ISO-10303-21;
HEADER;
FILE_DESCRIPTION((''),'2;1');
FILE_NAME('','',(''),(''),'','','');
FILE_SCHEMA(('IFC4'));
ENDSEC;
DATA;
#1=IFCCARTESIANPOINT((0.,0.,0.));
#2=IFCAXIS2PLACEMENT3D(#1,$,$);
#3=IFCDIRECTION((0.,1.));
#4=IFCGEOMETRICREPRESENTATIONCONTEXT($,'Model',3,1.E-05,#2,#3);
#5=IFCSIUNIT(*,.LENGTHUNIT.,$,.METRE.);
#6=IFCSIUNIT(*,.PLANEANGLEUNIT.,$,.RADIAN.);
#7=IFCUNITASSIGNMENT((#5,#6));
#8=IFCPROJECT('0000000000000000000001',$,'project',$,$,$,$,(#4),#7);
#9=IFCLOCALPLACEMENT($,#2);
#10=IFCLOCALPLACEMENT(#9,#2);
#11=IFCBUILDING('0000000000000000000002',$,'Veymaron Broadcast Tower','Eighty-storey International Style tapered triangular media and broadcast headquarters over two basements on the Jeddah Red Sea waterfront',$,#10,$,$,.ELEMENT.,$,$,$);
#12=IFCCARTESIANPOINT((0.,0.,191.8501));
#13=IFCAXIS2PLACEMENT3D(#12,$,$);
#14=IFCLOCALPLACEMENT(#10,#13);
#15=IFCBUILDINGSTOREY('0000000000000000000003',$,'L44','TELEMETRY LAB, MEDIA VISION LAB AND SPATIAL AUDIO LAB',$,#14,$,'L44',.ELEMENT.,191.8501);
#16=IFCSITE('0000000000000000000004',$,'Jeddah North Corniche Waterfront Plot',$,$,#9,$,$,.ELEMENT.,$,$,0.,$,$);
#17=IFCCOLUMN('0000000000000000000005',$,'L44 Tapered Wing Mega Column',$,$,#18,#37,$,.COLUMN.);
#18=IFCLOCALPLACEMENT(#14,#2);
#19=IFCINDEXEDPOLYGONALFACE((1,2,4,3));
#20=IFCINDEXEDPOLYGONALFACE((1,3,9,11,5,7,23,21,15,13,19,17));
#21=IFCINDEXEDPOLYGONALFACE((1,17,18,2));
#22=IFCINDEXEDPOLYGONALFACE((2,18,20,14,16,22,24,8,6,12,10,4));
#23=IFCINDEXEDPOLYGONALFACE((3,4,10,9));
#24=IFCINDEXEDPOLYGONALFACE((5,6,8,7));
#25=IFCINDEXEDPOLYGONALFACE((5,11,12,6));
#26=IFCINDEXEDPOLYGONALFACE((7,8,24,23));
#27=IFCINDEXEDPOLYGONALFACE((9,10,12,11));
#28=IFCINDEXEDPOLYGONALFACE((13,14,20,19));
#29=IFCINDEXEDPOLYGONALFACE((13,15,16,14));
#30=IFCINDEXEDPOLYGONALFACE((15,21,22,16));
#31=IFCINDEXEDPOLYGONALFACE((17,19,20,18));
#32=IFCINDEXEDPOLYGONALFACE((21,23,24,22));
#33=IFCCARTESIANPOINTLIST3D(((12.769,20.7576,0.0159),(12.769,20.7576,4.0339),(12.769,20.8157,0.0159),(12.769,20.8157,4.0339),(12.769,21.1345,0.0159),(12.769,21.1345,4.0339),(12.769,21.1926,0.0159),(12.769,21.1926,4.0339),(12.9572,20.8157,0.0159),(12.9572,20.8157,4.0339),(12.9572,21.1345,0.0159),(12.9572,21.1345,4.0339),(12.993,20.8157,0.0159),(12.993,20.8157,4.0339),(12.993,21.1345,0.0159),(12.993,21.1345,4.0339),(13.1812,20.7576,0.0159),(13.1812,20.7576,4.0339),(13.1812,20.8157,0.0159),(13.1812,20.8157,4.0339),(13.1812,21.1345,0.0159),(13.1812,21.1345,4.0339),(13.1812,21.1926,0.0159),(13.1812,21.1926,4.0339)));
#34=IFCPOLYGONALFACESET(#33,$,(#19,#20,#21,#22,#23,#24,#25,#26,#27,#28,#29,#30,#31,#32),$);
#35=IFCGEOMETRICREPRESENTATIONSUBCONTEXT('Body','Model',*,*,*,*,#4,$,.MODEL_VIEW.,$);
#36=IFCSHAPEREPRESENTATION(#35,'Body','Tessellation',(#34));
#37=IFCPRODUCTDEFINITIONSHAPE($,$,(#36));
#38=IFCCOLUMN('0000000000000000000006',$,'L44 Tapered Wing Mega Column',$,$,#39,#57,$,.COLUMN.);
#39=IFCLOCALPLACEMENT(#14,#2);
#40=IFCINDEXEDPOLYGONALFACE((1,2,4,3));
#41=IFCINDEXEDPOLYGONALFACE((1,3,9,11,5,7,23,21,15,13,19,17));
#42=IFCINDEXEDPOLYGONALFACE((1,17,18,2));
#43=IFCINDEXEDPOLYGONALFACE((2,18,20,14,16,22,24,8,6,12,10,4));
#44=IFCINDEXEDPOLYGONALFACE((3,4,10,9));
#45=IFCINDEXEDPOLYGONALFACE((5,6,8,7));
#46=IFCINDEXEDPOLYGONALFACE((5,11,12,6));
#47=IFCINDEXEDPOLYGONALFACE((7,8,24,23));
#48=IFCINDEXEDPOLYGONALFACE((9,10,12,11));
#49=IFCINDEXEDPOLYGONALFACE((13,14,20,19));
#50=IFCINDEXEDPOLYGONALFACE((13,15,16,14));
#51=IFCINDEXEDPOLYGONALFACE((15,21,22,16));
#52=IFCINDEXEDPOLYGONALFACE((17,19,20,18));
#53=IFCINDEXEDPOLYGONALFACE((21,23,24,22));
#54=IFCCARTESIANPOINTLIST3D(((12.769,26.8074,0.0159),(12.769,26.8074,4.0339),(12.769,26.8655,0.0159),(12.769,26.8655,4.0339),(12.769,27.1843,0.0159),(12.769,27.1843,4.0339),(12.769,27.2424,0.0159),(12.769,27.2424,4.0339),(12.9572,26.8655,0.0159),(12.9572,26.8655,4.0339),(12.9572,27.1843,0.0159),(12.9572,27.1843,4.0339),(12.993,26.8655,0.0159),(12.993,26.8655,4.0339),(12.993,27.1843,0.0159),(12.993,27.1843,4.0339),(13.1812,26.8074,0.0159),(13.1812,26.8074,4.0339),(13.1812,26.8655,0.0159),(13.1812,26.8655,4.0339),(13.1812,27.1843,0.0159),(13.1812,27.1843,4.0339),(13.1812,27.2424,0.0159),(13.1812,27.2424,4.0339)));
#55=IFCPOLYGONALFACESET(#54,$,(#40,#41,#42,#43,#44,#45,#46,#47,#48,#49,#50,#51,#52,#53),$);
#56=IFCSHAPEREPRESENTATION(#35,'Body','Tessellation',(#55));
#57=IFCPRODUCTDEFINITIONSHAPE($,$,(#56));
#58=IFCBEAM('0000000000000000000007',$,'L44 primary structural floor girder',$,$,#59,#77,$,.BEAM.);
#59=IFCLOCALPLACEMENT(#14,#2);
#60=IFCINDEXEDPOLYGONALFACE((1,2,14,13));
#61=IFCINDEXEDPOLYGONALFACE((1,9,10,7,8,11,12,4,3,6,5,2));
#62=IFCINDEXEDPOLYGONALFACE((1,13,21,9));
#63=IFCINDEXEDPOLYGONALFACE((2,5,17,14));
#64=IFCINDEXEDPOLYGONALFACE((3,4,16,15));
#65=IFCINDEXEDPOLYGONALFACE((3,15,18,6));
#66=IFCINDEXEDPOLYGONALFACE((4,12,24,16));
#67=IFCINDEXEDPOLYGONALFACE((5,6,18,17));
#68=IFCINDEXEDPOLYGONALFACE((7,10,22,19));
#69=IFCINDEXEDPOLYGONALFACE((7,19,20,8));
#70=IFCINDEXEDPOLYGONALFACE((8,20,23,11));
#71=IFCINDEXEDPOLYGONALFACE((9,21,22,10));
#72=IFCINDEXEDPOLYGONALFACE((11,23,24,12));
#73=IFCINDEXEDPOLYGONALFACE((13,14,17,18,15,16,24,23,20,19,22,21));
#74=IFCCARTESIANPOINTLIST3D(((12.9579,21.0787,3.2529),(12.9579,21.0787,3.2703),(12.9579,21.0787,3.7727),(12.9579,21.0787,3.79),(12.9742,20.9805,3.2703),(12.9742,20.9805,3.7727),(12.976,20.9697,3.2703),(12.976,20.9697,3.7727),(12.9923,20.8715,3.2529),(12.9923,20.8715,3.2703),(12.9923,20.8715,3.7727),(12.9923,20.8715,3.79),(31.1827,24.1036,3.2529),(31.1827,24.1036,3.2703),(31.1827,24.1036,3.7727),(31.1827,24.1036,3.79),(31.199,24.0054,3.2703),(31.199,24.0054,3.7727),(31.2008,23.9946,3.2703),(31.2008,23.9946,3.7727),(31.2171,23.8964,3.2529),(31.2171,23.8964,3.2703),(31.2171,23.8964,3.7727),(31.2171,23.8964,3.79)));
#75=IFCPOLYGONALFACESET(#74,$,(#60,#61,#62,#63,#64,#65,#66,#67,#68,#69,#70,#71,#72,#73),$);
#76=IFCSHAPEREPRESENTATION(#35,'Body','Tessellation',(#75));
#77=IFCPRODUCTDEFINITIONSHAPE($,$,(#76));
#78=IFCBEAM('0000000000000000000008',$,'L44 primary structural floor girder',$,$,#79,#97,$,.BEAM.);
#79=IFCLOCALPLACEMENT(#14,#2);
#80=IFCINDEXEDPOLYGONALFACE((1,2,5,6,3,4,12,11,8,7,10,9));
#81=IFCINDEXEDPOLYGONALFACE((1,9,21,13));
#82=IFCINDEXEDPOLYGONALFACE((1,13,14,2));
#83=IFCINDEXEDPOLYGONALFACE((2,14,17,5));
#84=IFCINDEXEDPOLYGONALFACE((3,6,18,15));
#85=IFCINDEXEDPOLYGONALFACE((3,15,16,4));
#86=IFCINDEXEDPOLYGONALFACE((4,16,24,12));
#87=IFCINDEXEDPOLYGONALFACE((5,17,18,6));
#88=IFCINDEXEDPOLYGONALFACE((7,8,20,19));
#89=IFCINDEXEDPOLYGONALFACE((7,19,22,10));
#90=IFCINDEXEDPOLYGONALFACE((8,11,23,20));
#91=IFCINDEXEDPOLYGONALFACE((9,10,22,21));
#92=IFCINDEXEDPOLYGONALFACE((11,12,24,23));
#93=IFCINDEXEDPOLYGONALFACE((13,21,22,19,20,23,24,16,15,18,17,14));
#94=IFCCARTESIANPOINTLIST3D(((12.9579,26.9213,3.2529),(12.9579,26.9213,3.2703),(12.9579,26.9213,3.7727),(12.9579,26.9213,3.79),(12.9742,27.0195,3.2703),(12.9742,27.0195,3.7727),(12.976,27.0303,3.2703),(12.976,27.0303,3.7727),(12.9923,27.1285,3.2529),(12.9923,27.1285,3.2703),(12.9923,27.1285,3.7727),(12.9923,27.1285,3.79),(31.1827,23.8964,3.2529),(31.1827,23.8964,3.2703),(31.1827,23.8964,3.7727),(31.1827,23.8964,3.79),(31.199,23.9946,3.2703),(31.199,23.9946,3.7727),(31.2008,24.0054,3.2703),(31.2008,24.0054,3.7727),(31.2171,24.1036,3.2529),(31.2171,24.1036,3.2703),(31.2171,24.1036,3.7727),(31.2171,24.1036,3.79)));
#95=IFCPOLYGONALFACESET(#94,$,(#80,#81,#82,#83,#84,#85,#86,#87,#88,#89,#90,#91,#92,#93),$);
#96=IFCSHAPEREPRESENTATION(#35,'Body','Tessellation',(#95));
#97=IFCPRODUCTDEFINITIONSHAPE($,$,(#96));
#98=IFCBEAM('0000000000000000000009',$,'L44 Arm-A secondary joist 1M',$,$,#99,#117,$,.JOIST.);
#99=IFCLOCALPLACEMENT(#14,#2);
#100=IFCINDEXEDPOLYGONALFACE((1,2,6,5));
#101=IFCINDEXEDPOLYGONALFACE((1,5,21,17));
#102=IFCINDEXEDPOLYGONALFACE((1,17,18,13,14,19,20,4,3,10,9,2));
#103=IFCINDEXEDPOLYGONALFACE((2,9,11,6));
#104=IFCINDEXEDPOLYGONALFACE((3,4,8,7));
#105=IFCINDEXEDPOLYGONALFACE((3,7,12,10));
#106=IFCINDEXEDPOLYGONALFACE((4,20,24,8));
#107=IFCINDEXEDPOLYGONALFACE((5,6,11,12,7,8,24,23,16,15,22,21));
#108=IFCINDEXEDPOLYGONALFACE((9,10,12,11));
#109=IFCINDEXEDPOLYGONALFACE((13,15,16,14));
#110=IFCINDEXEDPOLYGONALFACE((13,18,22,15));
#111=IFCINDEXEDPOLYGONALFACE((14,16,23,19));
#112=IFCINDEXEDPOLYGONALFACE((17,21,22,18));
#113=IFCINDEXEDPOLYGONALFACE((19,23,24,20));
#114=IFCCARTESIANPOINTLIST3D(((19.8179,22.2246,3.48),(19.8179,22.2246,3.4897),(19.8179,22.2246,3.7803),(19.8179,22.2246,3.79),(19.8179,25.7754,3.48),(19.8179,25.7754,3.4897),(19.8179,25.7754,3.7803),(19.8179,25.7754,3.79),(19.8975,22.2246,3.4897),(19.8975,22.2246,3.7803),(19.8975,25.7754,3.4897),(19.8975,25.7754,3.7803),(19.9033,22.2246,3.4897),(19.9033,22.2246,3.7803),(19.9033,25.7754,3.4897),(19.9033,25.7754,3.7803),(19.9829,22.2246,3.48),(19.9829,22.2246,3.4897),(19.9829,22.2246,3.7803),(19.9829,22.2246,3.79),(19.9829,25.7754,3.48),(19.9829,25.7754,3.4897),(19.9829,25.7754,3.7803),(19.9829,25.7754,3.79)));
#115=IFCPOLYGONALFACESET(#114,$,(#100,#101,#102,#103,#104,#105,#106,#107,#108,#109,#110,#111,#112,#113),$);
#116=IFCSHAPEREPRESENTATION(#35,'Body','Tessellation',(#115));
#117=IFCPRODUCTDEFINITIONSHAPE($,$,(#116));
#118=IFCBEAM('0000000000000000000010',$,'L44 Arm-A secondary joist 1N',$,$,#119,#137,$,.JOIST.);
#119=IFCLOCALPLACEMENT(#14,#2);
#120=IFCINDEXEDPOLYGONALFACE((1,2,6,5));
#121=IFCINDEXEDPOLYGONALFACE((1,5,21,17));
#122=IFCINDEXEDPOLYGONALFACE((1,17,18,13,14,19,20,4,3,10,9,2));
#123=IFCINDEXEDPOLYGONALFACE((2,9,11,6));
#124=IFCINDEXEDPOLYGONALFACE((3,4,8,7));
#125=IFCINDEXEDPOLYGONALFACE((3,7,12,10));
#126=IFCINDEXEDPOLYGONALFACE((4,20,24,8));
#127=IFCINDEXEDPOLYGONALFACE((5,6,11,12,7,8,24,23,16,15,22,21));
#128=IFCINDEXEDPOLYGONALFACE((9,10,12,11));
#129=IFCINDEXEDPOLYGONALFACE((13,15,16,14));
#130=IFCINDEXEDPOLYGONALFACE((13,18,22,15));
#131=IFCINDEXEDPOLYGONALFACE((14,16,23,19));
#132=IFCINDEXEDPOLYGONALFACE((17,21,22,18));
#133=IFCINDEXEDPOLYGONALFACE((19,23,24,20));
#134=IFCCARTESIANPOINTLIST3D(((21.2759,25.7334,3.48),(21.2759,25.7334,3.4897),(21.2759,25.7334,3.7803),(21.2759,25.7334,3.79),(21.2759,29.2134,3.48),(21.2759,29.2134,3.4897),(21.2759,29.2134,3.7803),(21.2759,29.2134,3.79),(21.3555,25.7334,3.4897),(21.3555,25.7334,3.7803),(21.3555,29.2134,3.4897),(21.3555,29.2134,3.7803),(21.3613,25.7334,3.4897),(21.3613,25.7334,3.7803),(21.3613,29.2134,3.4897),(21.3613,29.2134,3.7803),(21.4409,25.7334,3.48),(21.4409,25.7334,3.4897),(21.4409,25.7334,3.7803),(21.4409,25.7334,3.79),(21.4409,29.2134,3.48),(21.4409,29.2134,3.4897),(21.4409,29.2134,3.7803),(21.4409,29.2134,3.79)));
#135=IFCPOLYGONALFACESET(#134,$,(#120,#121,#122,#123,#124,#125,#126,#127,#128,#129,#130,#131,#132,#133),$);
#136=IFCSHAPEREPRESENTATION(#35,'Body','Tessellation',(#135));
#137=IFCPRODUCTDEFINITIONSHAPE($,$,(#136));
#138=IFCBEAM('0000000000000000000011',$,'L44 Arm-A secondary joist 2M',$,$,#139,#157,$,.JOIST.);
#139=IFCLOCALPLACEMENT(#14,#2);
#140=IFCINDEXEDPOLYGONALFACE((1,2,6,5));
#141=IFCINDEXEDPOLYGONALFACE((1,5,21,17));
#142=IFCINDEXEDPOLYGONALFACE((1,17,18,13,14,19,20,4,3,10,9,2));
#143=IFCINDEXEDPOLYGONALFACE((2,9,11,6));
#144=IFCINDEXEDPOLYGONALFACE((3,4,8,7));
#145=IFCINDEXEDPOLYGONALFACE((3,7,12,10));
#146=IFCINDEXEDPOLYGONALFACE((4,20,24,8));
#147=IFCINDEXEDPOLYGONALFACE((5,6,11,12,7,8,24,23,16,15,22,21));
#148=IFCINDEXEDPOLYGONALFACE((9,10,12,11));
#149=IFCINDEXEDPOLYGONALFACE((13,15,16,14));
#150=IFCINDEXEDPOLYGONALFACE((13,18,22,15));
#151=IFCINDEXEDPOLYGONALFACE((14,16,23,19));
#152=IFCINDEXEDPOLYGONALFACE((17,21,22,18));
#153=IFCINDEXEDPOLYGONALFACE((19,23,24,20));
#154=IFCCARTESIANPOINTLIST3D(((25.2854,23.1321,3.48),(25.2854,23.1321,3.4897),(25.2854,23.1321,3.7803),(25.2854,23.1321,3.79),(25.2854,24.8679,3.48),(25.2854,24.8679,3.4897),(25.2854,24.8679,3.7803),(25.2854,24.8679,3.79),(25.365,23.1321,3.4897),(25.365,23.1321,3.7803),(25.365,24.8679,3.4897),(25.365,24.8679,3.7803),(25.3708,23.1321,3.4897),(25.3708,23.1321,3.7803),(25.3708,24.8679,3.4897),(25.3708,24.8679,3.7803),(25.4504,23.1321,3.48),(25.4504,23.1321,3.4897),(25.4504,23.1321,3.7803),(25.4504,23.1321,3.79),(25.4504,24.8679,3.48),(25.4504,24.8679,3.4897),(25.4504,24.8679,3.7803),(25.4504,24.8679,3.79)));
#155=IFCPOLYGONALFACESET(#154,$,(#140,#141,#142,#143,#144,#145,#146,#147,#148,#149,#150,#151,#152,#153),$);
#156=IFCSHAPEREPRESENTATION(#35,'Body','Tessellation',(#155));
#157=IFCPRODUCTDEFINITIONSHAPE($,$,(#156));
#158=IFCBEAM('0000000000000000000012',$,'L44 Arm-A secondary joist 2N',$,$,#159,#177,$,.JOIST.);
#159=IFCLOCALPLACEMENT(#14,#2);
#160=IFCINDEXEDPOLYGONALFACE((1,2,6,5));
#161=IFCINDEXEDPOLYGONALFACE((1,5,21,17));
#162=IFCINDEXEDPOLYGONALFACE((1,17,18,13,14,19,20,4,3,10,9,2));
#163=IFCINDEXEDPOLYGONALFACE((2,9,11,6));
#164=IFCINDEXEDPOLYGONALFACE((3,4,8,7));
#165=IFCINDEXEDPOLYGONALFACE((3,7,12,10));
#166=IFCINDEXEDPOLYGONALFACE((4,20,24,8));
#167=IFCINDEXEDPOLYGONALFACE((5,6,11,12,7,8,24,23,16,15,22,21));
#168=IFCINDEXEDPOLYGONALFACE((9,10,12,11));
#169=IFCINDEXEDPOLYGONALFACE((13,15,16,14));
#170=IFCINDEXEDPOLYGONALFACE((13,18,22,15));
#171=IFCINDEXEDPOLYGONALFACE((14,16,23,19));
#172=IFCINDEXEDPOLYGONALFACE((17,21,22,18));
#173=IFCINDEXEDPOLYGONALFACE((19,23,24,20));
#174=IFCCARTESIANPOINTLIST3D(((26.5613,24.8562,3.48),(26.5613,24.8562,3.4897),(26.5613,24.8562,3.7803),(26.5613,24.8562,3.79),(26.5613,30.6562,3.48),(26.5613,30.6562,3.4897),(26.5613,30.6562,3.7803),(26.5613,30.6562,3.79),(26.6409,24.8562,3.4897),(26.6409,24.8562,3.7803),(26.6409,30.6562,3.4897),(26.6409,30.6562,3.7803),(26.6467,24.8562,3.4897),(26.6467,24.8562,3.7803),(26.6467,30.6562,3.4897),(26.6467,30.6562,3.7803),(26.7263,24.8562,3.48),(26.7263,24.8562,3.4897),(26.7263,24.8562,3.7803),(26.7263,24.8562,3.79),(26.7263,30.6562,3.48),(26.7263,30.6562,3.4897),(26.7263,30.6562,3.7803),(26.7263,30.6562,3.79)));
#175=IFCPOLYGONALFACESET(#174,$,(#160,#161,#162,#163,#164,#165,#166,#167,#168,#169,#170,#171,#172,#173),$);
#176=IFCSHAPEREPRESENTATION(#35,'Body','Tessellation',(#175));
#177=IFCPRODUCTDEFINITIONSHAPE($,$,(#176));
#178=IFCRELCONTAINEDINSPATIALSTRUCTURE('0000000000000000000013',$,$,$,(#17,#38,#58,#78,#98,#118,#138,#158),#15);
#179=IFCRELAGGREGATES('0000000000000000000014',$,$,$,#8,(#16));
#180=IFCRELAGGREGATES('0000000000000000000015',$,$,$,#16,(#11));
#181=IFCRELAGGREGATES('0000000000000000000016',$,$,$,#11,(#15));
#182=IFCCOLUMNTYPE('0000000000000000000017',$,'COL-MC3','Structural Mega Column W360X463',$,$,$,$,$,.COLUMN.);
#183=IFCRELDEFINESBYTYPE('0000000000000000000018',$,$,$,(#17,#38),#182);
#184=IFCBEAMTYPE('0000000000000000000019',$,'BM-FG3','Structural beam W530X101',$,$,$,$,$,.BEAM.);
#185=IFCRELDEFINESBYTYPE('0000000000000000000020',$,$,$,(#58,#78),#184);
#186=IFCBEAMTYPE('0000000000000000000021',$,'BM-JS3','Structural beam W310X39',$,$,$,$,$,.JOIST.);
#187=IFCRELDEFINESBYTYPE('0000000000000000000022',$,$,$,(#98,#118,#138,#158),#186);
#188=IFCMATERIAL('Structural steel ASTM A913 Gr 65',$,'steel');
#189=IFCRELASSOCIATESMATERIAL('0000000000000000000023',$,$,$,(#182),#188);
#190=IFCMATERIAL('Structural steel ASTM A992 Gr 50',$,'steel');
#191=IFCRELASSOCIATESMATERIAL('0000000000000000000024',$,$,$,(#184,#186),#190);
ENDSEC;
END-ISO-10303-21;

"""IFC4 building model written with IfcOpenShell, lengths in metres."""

from ifc_helpers import new_model, si_unit, direction, frame, origin, origin_2d, place, context, subcontext, project, spatial, i_section, extrude, material, material_profile, profile_set, type_object, element, save


model = new_model("IFC4")

# Units and contexts
model_context = context("Model", 3, precision=1e-05, world=origin(), true_north=direction((0.0, 1.0)))
body_context = subcontext(model_context, "Body", "Model", "MODEL_VIEW")
ifc_project = project(units=[si_unit("LENGTHUNIT", "METRE"), si_unit("PLANEANGLEUNIT", "RADIAN")], contexts=[model_context])

# Site, building, storey
site_placement = place(None, origin())
site = spatial("IfcSite", under=ifc_project, at=site_placement, Name="Jeddah North Corniche Waterfront Plot", CompositionType="ELEMENT", RefElevation=0.0)
building_placement = place(site_placement, origin())
building = spatial("IfcBuilding", under=site, at=building_placement, Name="Veymaron Broadcast Tower", Description="Eighty-storey International Style tapered triangular media and broadcast headquarters over two basements on the Jeddah Red Sea waterfront", CompositionType="ELEMENT")
storey_placement = place(building_placement, frame((0.0, 0.0, 191.8501)))
storey = spatial("IfcBuildingStorey", under=building, at=storey_placement, Name="L44", Description="TELEMETRY LAB, MEDIA VISION LAB AND SPATIAL AUDIO LAB", LongName="L44", CompositionType="ELEMENT", Elevation=191.8501)

# Columns
ifc_material_1 = material(Name="Structural steel ASTM A913 Gr 65", Category="steel")
ifc_material_profile_1 = material_profile(ifc_material_1, i_section(OverallWidth=0.4121, OverallDepth=0.4351, WebThickness=0.0359, FlangeThickness=0.0581, at=origin_2d()), Name="W360X463")
ifc_profile_set_1 = profile_set([ifc_material_profile_1], Name="Structural steel ASTM A913 Gr 65")
column_type = type_object("IfcColumnType", Name="COL-MC3", Description="Structural Mega Column W360X463", PredefinedType="COLUMN", material=ifc_profile_set_1)
for number, where, z_axis, x_axis, name in (
    (1, (12.9751, 20.9751, 0.0159), (0.0, 0.0, 1.0), (1.0, 0.0, 0.0), "L44 Tapered Wing Mega Column"),
    (2, (12.9751, 27.0249, 0.0159), (0.0, 0.0, 1.0), (1.0, 0.0, 0.0), "L44 Tapered Wing Mega Column"),
):
    element("IfcColumn", number, at=place(storey_placement, frame(where, z_axis=z_axis, x_axis=x_axis)), inside=storey, type_object=column_type, Name=name, PredefinedType="COLUMN", context=body_context, shape_type="SweptSolid", body=[
        extrude(i_section(OverallWidth=0.4121, OverallDepth=0.4351, WebThickness=0.0359, FlangeThickness=0.0581, at=origin_2d()), origin(), (0.0, 0.0, 1.0), 4.0181),
    ])

# Beams
ifc_material_2 = material(Name="Structural steel ASTM A992 Gr 50", Category="steel")
ifc_material_profile_2 = material_profile(ifc_material_2, i_section(OverallWidth=0.21, OverallDepth=0.5371, WebThickness=0.011, FlangeThickness=0.0173, at=origin_2d()), Name="W530X101")
ifc_profile_set_2 = profile_set([ifc_material_profile_2], Name="Structural steel ASTM A992 Gr 50")
beam_type_1 = type_object("IfcBeamType", Name="BM-FG3", Description="Structural beam W530X101", PredefinedType="BEAM", material=ifc_profile_set_2)
for number, where, z_axis, x_axis, name in (
    (3, (12.9751, 20.9751, 3.5215), (0.986504, 0.163737, 0.0), (-0.163737, 0.986504, 0.0), "L44 primary structural floor girder"),
    (4, (12.9751, 27.0249, 3.5215), (0.986504, -0.163737, 0.0), (0.163737, 0.986504, 0.0), "L44 primary structural floor girder"),
):
    element("IfcBeam", number, at=place(storey_placement, frame(where, z_axis=z_axis, x_axis=x_axis)), inside=storey, type_object=beam_type_1, Name=name, PredefinedType="BEAM", context=body_context, shape_type="SweptSolid", body=[
        extrude(i_section(OverallWidth=0.21, OverallDepth=0.5371, WebThickness=0.011, FlangeThickness=0.0173, at=origin_2d()), origin(), (0.0, 0.0, 1.0), 18.4741),
    ])
ifc_material_profile_3 = material_profile(ifc_material_2, i_section(OverallWidth=0.165, OverallDepth=0.3101, WebThickness=0.0059, FlangeThickness=0.0098, at=origin_2d()), Name="W310X39")
ifc_profile_set_3 = profile_set([ifc_material_profile_3], Name="Structural steel ASTM A992 Gr 50")
beam_type_2 = type_object("IfcBeamType", Name="BM-JS3", Description="Structural beam W310X39", PredefinedType="JOIST", material=ifc_profile_set_3)
beam_1_placement = place(storey_placement, frame((19.9004, 22.2246, 3.635), z_axis=(0.0, 1.0, 0.0), x_axis=(-1.0, 0.0, 0.0)))
element("IfcBeam", 5, at=beam_1_placement, inside=storey, type_object=beam_type_2, Name="L44 Arm-A secondary joist 1M", PredefinedType="JOIST", context=body_context, shape_type="SweptSolid", body=[
    extrude(i_section(OverallWidth=0.165, OverallDepth=0.3101, WebThickness=0.0059, FlangeThickness=0.0098, at=origin_2d()), origin(), (0.0, 0.0, 1.0), 3.5508),
])
beam_2_placement = place(storey_placement, frame((21.3584, 25.7334, 3.635), z_axis=(0.0, 1.0, 0.0), x_axis=(-1.0, 0.0, 0.0)))
element("IfcBeam", 6, at=beam_2_placement, inside=storey, type_object=beam_type_2, Name="L44 Arm-A secondary joist 1N", PredefinedType="JOIST", context=body_context, shape_type="SweptSolid", body=[
    extrude(i_section(OverallWidth=0.165, OverallDepth=0.3101, WebThickness=0.0059, FlangeThickness=0.0098, at=origin_2d()), origin(), (0.0, 0.0, 1.0), 3.48),
])
beam_3_placement = place(storey_placement, frame((25.3679, 23.1321, 3.635), z_axis=(0.0, 1.0, 0.0), x_axis=(-1.0, 0.0, 0.0)))
element("IfcBeam", 7, at=beam_3_placement, inside=storey, type_object=beam_type_2, Name="L44 Arm-A secondary joist 2M", PredefinedType="JOIST", context=body_context, shape_type="SweptSolid", body=[
    extrude(i_section(OverallWidth=0.165, OverallDepth=0.3101, WebThickness=0.0059, FlangeThickness=0.0098, at=origin_2d()), origin(), (0.0, 0.0, 1.0), 1.7358),
])
beam_4_placement = place(storey_placement, frame((26.6438, 24.8562, 3.635), z_axis=(0.0, 1.0, 0.0), x_axis=(-1.0, 0.0, 0.0)))
element("IfcBeam", 8, at=beam_4_placement, inside=storey, type_object=beam_type_2, Name="L44 Arm-A secondary joist 2N", PredefinedType="JOIST", context=body_context, shape_type="SweptSolid", body=[
    extrude(i_section(OverallWidth=0.165, OverallDepth=0.3101, WebThickness=0.0059, FlangeThickness=0.0098, at=origin_2d()), origin(), (0.0, 0.0, 1.0), 5.8),
])

save(model, "model.ifc")
